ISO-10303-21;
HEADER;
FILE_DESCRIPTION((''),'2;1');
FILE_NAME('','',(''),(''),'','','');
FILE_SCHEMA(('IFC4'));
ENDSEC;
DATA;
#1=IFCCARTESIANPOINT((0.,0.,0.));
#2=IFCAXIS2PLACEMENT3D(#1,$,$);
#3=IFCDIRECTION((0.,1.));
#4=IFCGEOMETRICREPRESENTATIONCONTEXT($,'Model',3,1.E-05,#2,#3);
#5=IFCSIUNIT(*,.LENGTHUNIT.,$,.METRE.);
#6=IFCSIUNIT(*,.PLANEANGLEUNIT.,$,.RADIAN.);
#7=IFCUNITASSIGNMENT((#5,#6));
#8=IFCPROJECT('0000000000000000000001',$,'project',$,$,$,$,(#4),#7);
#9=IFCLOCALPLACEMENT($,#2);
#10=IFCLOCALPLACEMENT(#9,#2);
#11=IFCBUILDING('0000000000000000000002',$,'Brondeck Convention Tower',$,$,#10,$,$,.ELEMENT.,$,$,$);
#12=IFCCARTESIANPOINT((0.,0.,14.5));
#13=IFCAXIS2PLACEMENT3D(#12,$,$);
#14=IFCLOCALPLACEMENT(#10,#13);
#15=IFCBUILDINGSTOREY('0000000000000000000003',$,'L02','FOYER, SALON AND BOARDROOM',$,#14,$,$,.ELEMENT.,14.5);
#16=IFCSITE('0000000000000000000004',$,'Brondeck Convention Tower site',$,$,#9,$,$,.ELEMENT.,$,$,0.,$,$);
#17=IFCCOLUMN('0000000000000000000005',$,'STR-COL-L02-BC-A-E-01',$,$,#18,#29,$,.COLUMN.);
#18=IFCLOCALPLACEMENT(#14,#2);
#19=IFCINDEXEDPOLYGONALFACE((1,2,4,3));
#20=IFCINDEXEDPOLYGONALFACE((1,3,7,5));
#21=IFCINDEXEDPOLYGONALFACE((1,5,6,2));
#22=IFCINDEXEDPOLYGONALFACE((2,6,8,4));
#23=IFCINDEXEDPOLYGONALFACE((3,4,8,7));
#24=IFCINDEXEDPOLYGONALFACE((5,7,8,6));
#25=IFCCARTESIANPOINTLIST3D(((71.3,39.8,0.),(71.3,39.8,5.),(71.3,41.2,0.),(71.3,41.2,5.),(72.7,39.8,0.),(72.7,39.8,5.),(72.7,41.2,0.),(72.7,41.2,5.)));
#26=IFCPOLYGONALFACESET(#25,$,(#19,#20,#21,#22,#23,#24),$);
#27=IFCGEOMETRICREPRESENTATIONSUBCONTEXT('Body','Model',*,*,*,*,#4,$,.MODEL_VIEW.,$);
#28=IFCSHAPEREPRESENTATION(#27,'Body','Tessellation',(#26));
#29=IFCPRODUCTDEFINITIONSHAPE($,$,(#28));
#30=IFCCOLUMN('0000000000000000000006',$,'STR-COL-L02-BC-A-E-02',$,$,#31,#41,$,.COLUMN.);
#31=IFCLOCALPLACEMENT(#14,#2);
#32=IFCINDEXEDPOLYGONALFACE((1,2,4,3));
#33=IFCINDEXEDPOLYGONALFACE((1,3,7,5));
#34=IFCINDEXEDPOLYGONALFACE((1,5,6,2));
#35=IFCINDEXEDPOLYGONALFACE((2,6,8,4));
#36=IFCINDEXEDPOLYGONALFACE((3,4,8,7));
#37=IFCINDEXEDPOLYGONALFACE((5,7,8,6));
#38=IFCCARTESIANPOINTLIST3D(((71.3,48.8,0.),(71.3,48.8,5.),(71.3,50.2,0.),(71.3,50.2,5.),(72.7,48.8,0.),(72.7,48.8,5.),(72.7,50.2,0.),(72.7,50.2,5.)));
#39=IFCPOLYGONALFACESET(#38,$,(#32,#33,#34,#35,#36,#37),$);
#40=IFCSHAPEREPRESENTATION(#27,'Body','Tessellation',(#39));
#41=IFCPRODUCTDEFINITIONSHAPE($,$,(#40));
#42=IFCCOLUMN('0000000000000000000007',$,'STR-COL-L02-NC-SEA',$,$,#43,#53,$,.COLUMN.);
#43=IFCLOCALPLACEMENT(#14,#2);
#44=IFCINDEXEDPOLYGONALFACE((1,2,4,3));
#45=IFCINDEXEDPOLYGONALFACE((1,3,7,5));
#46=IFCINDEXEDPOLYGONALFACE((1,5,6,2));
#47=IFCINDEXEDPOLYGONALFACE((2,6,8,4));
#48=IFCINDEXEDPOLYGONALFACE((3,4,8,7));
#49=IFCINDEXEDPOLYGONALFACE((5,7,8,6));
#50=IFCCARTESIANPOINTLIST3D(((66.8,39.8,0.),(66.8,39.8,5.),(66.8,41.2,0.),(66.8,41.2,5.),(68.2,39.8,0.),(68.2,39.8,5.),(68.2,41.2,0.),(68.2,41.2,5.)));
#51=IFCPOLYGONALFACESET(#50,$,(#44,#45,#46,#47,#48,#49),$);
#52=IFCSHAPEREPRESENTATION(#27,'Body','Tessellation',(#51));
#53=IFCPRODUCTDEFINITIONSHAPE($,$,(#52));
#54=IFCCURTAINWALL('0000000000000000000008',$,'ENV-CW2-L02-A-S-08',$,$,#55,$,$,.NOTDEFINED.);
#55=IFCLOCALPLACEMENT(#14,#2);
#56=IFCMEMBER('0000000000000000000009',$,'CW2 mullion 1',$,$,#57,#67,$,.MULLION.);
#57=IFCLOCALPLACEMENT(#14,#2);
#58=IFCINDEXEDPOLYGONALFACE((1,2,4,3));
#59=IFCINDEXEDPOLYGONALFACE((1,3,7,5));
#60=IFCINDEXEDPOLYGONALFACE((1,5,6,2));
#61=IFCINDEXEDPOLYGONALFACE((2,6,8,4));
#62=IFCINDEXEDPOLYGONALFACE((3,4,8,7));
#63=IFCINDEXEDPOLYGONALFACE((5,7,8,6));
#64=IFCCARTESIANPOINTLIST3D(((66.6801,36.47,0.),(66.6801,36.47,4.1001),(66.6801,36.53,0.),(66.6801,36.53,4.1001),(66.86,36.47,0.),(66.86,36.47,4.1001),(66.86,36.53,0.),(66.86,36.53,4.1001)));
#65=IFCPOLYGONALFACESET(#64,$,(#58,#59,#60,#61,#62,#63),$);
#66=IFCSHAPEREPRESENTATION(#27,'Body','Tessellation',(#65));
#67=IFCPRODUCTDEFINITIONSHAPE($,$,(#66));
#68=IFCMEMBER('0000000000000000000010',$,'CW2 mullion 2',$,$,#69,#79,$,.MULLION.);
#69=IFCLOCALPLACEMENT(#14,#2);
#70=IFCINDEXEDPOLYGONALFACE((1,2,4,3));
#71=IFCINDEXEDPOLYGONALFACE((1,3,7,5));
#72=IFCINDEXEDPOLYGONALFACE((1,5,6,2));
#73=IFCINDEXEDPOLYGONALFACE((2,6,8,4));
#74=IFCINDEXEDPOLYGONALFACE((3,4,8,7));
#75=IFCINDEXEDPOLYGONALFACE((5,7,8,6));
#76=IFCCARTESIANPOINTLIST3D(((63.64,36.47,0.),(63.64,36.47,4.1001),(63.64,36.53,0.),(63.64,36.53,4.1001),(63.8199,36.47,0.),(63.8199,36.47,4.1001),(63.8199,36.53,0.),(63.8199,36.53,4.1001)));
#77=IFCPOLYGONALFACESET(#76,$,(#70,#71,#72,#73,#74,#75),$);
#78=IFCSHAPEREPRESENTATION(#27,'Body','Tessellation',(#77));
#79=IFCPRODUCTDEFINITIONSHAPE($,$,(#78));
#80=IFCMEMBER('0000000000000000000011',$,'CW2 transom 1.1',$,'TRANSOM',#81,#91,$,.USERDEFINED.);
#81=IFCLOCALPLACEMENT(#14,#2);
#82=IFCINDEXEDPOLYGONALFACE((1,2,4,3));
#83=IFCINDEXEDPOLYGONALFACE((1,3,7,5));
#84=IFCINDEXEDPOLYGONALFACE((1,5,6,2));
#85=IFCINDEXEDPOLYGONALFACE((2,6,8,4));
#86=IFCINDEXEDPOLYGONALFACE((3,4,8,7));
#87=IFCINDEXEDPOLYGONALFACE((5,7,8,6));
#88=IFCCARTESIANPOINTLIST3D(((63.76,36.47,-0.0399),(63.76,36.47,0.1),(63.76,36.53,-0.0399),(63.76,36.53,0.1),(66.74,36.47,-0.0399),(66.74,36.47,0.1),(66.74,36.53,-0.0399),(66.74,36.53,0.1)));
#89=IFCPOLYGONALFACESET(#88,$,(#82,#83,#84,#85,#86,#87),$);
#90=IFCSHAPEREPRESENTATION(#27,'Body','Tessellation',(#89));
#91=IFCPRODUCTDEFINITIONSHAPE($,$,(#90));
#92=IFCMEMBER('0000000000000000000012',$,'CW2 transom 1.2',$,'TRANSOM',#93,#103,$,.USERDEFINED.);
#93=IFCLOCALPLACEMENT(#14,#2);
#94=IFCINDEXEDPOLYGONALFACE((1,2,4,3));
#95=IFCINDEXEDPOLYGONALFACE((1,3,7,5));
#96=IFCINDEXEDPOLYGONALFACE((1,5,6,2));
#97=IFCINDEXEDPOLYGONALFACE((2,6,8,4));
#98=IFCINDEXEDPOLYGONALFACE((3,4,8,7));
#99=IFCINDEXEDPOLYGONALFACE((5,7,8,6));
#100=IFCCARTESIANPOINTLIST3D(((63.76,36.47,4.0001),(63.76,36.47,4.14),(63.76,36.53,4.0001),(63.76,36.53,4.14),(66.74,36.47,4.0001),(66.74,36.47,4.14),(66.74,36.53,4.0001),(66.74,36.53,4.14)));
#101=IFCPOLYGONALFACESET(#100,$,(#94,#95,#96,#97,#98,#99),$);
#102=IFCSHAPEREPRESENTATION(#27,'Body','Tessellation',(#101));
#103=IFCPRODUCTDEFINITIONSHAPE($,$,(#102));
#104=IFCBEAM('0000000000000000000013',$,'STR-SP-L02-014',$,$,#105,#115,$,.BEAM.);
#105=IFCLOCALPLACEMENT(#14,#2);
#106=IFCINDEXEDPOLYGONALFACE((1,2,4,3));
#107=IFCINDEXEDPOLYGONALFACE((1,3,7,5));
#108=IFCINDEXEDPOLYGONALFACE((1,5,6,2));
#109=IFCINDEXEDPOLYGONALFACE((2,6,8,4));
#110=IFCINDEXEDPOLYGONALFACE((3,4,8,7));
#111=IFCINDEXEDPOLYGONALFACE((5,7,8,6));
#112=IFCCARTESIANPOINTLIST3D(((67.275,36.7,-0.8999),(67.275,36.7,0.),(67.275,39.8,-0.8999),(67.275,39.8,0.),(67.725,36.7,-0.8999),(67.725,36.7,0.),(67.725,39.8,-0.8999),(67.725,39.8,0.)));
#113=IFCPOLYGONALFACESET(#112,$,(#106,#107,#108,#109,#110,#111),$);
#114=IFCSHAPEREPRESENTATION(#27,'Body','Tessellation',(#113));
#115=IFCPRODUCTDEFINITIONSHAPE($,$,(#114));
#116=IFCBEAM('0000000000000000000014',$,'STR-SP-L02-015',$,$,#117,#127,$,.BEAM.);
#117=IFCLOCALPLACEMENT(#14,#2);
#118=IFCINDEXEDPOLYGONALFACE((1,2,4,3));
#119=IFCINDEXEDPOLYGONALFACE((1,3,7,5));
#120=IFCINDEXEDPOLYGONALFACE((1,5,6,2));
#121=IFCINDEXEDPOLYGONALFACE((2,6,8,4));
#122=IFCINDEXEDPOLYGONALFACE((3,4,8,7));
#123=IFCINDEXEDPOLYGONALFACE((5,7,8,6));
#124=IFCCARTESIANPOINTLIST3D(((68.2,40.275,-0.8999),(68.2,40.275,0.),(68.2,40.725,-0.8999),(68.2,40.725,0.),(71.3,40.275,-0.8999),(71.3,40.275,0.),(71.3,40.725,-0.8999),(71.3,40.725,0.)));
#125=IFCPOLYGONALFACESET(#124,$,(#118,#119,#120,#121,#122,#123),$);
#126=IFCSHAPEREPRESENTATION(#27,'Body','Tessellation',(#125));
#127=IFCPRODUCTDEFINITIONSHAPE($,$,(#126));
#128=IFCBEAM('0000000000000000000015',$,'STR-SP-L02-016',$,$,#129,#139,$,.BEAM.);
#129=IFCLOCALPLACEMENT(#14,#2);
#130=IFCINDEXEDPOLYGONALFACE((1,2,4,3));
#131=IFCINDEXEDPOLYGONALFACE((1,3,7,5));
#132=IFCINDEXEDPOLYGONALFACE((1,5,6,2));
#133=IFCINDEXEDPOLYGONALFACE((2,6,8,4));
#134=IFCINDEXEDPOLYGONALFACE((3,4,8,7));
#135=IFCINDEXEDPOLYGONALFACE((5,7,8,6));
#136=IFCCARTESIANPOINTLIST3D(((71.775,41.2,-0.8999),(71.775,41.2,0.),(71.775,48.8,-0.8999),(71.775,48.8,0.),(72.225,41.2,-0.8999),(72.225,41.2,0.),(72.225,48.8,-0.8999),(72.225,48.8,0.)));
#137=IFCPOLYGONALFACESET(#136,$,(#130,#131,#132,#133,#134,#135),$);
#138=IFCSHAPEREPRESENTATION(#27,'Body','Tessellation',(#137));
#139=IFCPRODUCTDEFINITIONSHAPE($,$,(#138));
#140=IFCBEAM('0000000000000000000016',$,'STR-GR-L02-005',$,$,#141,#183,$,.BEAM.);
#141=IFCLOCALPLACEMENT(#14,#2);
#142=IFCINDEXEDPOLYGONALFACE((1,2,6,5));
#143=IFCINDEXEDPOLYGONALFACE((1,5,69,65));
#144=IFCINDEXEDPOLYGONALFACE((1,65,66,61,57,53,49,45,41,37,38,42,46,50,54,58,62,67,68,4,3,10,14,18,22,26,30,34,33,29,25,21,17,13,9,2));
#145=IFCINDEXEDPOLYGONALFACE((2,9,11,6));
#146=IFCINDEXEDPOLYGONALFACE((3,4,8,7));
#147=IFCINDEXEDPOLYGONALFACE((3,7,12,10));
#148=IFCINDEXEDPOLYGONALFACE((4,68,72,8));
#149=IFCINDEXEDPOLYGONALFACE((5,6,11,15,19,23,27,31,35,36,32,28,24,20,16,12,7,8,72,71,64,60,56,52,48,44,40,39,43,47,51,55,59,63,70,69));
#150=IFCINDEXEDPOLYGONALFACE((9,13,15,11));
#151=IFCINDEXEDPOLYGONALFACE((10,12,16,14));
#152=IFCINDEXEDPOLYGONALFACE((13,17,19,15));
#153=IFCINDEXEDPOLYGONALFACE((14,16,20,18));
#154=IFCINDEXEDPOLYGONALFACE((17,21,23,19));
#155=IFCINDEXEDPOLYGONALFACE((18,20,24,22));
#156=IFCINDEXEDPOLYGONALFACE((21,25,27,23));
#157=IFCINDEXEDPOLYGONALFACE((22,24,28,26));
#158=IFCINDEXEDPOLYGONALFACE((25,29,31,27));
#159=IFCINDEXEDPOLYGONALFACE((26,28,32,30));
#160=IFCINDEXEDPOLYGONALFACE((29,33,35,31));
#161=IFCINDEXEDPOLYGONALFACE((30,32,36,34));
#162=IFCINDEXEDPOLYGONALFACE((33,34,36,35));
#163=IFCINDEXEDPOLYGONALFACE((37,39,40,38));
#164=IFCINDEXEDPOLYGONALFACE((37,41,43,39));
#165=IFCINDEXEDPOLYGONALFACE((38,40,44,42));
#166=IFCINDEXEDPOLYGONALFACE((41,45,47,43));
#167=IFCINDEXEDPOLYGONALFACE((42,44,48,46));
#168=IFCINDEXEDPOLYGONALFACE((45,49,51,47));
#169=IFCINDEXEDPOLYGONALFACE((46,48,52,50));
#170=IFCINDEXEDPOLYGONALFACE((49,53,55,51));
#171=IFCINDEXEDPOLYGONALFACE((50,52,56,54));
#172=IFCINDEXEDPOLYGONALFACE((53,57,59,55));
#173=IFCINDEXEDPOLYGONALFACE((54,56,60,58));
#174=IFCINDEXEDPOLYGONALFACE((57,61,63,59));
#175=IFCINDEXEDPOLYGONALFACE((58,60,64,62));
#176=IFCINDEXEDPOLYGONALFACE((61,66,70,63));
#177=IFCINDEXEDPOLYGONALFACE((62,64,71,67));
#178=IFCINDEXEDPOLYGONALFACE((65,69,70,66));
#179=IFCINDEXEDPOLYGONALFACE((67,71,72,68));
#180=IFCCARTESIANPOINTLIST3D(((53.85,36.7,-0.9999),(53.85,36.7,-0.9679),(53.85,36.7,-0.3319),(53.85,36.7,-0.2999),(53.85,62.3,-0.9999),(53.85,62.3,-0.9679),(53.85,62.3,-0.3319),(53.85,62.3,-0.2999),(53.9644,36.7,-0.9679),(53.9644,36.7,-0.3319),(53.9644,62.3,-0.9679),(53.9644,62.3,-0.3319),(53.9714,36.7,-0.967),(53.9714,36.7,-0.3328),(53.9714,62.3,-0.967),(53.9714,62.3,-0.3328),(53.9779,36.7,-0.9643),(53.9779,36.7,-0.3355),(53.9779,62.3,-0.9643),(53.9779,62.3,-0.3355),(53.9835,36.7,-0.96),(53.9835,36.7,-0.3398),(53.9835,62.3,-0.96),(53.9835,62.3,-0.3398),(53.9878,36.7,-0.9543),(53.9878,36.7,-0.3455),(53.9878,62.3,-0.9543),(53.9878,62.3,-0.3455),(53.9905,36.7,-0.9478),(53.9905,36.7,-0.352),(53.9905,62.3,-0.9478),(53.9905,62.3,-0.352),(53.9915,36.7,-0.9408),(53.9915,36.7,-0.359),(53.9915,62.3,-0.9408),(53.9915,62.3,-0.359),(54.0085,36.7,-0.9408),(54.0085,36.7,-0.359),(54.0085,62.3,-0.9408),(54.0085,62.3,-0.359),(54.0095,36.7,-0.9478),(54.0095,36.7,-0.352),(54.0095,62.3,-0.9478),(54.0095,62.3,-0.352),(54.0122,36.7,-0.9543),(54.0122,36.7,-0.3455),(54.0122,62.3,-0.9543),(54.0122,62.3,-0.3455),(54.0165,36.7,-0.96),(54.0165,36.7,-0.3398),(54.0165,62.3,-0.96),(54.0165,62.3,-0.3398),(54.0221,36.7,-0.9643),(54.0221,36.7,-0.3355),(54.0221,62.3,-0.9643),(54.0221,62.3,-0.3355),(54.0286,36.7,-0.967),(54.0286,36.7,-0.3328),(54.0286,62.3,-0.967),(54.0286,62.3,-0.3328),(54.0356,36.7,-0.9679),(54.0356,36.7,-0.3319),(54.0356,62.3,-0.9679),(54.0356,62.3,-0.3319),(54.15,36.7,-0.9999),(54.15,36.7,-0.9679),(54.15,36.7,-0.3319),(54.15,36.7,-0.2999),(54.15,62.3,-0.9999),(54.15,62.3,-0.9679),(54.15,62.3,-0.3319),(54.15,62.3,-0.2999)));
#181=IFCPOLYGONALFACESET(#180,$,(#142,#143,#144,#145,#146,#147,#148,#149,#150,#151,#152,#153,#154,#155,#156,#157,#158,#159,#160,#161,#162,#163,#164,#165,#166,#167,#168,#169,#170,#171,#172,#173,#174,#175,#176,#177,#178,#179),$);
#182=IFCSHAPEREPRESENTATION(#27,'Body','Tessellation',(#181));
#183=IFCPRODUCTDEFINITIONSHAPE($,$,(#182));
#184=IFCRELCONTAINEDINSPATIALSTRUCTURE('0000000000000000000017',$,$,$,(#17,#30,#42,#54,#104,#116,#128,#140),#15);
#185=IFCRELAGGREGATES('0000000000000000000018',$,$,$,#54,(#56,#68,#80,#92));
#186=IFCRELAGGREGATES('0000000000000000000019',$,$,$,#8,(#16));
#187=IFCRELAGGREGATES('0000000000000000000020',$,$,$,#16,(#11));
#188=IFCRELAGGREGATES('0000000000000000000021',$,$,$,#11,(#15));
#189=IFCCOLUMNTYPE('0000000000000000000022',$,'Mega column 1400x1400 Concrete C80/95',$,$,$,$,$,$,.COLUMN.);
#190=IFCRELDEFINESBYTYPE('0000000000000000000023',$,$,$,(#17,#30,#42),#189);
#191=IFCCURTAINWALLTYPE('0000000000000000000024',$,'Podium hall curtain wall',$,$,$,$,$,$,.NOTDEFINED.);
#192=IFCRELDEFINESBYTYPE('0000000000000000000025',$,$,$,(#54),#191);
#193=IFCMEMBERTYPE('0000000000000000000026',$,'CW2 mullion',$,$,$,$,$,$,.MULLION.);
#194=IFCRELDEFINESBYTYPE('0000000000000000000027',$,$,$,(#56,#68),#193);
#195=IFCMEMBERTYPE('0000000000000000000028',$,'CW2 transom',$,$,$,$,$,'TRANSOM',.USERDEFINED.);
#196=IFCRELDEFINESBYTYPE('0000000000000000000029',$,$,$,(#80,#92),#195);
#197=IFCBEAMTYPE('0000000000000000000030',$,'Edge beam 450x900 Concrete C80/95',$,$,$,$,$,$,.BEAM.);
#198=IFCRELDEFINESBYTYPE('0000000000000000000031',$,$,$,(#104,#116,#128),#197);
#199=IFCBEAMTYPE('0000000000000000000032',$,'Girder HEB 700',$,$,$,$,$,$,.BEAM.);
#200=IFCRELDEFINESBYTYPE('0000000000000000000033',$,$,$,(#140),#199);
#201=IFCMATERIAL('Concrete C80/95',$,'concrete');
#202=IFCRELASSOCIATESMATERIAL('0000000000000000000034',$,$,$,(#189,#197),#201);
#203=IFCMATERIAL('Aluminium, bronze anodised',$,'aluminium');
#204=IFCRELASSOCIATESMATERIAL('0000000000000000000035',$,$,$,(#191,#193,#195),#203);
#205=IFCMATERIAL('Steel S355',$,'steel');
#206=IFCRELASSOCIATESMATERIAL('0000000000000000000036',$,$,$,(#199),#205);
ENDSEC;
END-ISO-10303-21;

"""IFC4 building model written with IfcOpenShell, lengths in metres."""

from ifc_helpers import new_model, si_unit, direction, frame, origin, origin_2d, place, context, subcontext, project, spatial, rectangle, i_section, extrude, material, material_profile, profile_set, type_object, element, aggregate, save


model = new_model("IFC4")

# Units and contexts
model_context = context("Model", 3, precision=1e-05, world=origin(), true_north=direction((0.0, 1.0)))
body_context = subcontext(model_context, "Body", "Model", "MODEL_VIEW")
ifc_project = project(units=[si_unit("LENGTHUNIT", "METRE"), si_unit("PLANEANGLEUNIT", "RADIAN")], contexts=[model_context])

# Site, building, storey
site_placement = place(None, origin())
site = spatial("IfcSite", under=ifc_project, at=site_placement, Name="Brondeck Convention Tower site", CompositionType="ELEMENT", RefElevation=0.0)
building_placement = place(site_placement, origin())
building = spatial("IfcBuilding", under=site, at=building_placement, Name="Brondeck Convention Tower", CompositionType="ELEMENT")
storey_placement = place(building_placement, frame((0.0, 0.0, 14.5)))
storey = spatial("IfcBuildingStorey", under=building, at=storey_placement, Name="L02", Description="FOYER, SALON AND BOARDROOM", CompositionType="ELEMENT", Elevation=14.5)

# Columns
ifc_material_1 = material(Name="Concrete C80/95", Category="concrete")
ifc_material_profile_1 = material_profile(ifc_material_1, rectangle(XDim=1.3999, YDim=1.3999, at=origin_2d()), Name="Mega column 1400x1400 Concrete C80/95")
ifc_profile_set_1 = profile_set([ifc_material_profile_1], Name="Concrete C80/95")
column_type = type_object("IfcColumnType", Name="Mega column 1400x1400 Concrete C80/95", PredefinedType="COLUMN", material=ifc_profile_set_1)
for number, where, z_axis, x_axis, name in (
    (1, (72.0, 40.5, 0.0), (0.0, 0.0, 1.0), (1.0, 0.0, 0.0), "STR-COL-L02-BC-A-E-01"),
    (2, (72.0, 49.5, 0.0), (0.0, 0.0, 1.0), (1.0, 0.0, 0.0), "STR-COL-L02-BC-A-E-02"),
    (3, (67.5, 40.5, 0.0), (0.0, 0.0, 1.0), (1.0, 0.0, 0.0), "STR-COL-L02-NC-SEA"),
):
    element("IfcColumn", number, at=place(storey_placement, frame(where, z_axis=z_axis, x_axis=x_axis)), inside=storey, type_object=column_type, Name=name, PredefinedType="COLUMN", context=body_context, shape_type="SweptSolid", body=[
        extrude(rectangle(XDim=1.3999, YDim=1.3999, at=origin_2d()), origin(), (0.0, 0.0, 1.0), 5.0),
    ])

# Curtain wall, members
ifc_material_2 = material(Name="Aluminium, bronze anodised", Category="aluminium")
curtain_wall_type = type_object("IfcCurtainWallType", Name="Podium hall curtain wall", PredefinedType="NOTDEFINED", material=ifc_material_2)
curtain_wall_placement = place(storey_placement, origin())
curtain_wall = element("IfcCurtainWall", 4, at=curtain_wall_placement, inside=storey, type_object=curtain_wall_type, Name="ENV-CW2-L02-A-S-08", PredefinedType="NOTDEFINED")
ifc_material_profile_2 = material_profile(ifc_material_2, rectangle(XDim=0.0601, YDim=0.1799, at=origin_2d()), Name="CW2 mullion")
ifc_profile_set_2 = profile_set([ifc_material_profile_2], Name="Aluminium, bronze anodised")
member_type_1 = type_object("IfcMemberType", Name="CW2 mullion", PredefinedType="MULLION", material=ifc_profile_set_2)
member_1_placement = place(storey_placement, frame((66.77, 36.5, 0.0), z_axis=(0.0, 0.0, 1.0), x_axis=(0.0, -1.0, 0.0)))
member_1 = element("IfcMember", 5, at=member_1_placement, type_object=member_type_1, Name="CW2 mullion 1", PredefinedType="MULLION", context=body_context, shape_type="SweptSolid", body=[
    extrude(rectangle(XDim=0.0601, YDim=0.1799, at=origin_2d()), origin(), (0.0, 0.0, 1.0), 4.1001),
])
member_2_placement = place(storey_placement, frame((63.73, 36.5, 0.0), z_axis=(0.0, 0.0, 1.0), x_axis=(0.0, -1.0, 0.0)))
member_2 = element("IfcMember", 6, at=member_2_placement, type_object=member_type_1, Name="CW2 mullion 2", PredefinedType="MULLION", context=body_context, shape_type="SweptSolid", body=[
    extrude(rectangle(XDim=0.0601, YDim=0.1799, at=origin_2d()), origin(), (0.0, 0.0, 1.0), 4.1001),
])
ifc_material_profile_3 = material_profile(ifc_material_2, rectangle(XDim=0.0601, YDim=0.1399, at=origin_2d()), Name="CW2 transom")
ifc_profile_set_3 = profile_set([ifc_material_profile_3], Name="Aluminium, bronze anodised")
member_type_2 = type_object("IfcMemberType", Name="CW2 transom", ElementType="TRANSOM", PredefinedType="USERDEFINED", material=ifc_profile_set_3)
member_3_placement = place(storey_placement, frame((66.74, 36.5, 0.03), z_axis=(-1.0, 0.0, 0.0), x_axis=(0.0, -1.0, 0.0)))
member_3 = element("IfcMember", 7, at=member_3_placement, type_object=member_type_2, Name="CW2 transom 1.1", ObjectType="TRANSOM", PredefinedType="USERDEFINED", context=body_context, shape_type="SweptSolid", body=[
    extrude(rectangle(XDim=0.0601, YDim=0.1399, at=origin_2d()), origin(), (0.0, 0.0, 1.0), 2.98),
])
member_4_placement = place(storey_placement, frame((66.74, 36.5, 4.0701), z_axis=(-1.0, 0.0, 0.0), x_axis=(0.0, -1.0, 0.0)))
member_4 = element("IfcMember", 8, at=member_4_placement, type_object=member_type_2, Name="CW2 transom 1.2", ObjectType="TRANSOM", PredefinedType="USERDEFINED", context=body_context, shape_type="SweptSolid", body=[
    extrude(rectangle(XDim=0.0601, YDim=0.1399, at=origin_2d()), origin(), (0.0, 0.0, 1.0), 2.98),
])

# Beams
ifc_material_profile_4 = material_profile(ifc_material_1, rectangle(XDim=0.45, YDim=0.8999, at=origin_2d()), Name="Edge beam 450x900 Concrete C80/95")
ifc_profile_set_4 = profile_set([ifc_material_profile_4], Name="Concrete C80/95")
beam_type_1 = type_object("IfcBeamType", Name="Edge beam 450x900 Concrete C80/95", PredefinedType="BEAM", material=ifc_profile_set_4)
for number, where, z_axis, x_axis, name in (
    (9, (67.5, 36.7, -0.45), (0.0, 1.0, 0.0), (-1.0, 0.0, 0.0), "STR-SP-L02-014"),
    (10, (68.2, 40.5, -0.45), (1.0, 0.0, 0.0), (0.0, 1.0, 0.0), "STR-SP-L02-015"),
):
    element("IfcBeam", number, at=place(storey_placement, frame(where, z_axis=z_axis, x_axis=x_axis)), inside=storey, type_object=beam_type_1, Name=name, PredefinedType="BEAM", context=body_context, shape_type="SweptSolid", body=[
        extrude(rectangle(XDim=0.45, YDim=0.8999, at=origin_2d()), origin(), (0.0, 0.0, 1.0), 3.1001),
    ])
beam_1_placement = place(storey_placement, frame((72.0, 41.2, -0.45), z_axis=(0.0, 1.0, 0.0), x_axis=(-1.0, 0.0, 0.0)))
element("IfcBeam", 11, at=beam_1_placement, inside=storey, type_object=beam_type_1, Name="STR-SP-L02-016", PredefinedType="BEAM", context=body_context, shape_type="SweptSolid", body=[
    extrude(rectangle(XDim=0.45, YDim=0.8999, at=origin_2d()), origin(), (0.0, 0.0, 1.0), 7.6001),
])
ifc_material_3 = material(Name="Steel S355", Category="steel")
ifc_material_profile_5 = material_profile(ifc_material_3, i_section(OverallWidth=0.3, OverallDepth=0.7, WebThickness=0.0171, FlangeThickness=0.032, FilletRadius=0.0271, at=origin_2d()), Name="HEB 700")
ifc_profile_set_5 = profile_set([ifc_material_profile_5], Name="Steel S355")
beam_type_2 = type_object("IfcBeamType", Name="Girder HEB 700", PredefinedType="BEAM", material=ifc_profile_set_5)
beam_2_placement = place(storey_placement, frame((54.0, 36.7, -0.6499), z_axis=(0.0, 1.0, 0.0), x_axis=(-1.0, 0.0, 0.0)))
element("IfcBeam", 12, at=beam_2_placement, inside=storey, type_object=beam_type_2, Name="STR-GR-L02-005", PredefinedType="BEAM", context=body_context, shape_type="SweptSolid", body=[
    extrude(i_section(OverallWidth=0.3, OverallDepth=0.7, WebThickness=0.0171, FlangeThickness=0.032, FilletRadius=0.0271, at=origin_2d()), origin(), (0.0, 0.0, 1.0), 25.6001),
])

aggregate(curtain_wall, [member_1, member_2, member_3, member_4])

save(model, "model.ifc")
